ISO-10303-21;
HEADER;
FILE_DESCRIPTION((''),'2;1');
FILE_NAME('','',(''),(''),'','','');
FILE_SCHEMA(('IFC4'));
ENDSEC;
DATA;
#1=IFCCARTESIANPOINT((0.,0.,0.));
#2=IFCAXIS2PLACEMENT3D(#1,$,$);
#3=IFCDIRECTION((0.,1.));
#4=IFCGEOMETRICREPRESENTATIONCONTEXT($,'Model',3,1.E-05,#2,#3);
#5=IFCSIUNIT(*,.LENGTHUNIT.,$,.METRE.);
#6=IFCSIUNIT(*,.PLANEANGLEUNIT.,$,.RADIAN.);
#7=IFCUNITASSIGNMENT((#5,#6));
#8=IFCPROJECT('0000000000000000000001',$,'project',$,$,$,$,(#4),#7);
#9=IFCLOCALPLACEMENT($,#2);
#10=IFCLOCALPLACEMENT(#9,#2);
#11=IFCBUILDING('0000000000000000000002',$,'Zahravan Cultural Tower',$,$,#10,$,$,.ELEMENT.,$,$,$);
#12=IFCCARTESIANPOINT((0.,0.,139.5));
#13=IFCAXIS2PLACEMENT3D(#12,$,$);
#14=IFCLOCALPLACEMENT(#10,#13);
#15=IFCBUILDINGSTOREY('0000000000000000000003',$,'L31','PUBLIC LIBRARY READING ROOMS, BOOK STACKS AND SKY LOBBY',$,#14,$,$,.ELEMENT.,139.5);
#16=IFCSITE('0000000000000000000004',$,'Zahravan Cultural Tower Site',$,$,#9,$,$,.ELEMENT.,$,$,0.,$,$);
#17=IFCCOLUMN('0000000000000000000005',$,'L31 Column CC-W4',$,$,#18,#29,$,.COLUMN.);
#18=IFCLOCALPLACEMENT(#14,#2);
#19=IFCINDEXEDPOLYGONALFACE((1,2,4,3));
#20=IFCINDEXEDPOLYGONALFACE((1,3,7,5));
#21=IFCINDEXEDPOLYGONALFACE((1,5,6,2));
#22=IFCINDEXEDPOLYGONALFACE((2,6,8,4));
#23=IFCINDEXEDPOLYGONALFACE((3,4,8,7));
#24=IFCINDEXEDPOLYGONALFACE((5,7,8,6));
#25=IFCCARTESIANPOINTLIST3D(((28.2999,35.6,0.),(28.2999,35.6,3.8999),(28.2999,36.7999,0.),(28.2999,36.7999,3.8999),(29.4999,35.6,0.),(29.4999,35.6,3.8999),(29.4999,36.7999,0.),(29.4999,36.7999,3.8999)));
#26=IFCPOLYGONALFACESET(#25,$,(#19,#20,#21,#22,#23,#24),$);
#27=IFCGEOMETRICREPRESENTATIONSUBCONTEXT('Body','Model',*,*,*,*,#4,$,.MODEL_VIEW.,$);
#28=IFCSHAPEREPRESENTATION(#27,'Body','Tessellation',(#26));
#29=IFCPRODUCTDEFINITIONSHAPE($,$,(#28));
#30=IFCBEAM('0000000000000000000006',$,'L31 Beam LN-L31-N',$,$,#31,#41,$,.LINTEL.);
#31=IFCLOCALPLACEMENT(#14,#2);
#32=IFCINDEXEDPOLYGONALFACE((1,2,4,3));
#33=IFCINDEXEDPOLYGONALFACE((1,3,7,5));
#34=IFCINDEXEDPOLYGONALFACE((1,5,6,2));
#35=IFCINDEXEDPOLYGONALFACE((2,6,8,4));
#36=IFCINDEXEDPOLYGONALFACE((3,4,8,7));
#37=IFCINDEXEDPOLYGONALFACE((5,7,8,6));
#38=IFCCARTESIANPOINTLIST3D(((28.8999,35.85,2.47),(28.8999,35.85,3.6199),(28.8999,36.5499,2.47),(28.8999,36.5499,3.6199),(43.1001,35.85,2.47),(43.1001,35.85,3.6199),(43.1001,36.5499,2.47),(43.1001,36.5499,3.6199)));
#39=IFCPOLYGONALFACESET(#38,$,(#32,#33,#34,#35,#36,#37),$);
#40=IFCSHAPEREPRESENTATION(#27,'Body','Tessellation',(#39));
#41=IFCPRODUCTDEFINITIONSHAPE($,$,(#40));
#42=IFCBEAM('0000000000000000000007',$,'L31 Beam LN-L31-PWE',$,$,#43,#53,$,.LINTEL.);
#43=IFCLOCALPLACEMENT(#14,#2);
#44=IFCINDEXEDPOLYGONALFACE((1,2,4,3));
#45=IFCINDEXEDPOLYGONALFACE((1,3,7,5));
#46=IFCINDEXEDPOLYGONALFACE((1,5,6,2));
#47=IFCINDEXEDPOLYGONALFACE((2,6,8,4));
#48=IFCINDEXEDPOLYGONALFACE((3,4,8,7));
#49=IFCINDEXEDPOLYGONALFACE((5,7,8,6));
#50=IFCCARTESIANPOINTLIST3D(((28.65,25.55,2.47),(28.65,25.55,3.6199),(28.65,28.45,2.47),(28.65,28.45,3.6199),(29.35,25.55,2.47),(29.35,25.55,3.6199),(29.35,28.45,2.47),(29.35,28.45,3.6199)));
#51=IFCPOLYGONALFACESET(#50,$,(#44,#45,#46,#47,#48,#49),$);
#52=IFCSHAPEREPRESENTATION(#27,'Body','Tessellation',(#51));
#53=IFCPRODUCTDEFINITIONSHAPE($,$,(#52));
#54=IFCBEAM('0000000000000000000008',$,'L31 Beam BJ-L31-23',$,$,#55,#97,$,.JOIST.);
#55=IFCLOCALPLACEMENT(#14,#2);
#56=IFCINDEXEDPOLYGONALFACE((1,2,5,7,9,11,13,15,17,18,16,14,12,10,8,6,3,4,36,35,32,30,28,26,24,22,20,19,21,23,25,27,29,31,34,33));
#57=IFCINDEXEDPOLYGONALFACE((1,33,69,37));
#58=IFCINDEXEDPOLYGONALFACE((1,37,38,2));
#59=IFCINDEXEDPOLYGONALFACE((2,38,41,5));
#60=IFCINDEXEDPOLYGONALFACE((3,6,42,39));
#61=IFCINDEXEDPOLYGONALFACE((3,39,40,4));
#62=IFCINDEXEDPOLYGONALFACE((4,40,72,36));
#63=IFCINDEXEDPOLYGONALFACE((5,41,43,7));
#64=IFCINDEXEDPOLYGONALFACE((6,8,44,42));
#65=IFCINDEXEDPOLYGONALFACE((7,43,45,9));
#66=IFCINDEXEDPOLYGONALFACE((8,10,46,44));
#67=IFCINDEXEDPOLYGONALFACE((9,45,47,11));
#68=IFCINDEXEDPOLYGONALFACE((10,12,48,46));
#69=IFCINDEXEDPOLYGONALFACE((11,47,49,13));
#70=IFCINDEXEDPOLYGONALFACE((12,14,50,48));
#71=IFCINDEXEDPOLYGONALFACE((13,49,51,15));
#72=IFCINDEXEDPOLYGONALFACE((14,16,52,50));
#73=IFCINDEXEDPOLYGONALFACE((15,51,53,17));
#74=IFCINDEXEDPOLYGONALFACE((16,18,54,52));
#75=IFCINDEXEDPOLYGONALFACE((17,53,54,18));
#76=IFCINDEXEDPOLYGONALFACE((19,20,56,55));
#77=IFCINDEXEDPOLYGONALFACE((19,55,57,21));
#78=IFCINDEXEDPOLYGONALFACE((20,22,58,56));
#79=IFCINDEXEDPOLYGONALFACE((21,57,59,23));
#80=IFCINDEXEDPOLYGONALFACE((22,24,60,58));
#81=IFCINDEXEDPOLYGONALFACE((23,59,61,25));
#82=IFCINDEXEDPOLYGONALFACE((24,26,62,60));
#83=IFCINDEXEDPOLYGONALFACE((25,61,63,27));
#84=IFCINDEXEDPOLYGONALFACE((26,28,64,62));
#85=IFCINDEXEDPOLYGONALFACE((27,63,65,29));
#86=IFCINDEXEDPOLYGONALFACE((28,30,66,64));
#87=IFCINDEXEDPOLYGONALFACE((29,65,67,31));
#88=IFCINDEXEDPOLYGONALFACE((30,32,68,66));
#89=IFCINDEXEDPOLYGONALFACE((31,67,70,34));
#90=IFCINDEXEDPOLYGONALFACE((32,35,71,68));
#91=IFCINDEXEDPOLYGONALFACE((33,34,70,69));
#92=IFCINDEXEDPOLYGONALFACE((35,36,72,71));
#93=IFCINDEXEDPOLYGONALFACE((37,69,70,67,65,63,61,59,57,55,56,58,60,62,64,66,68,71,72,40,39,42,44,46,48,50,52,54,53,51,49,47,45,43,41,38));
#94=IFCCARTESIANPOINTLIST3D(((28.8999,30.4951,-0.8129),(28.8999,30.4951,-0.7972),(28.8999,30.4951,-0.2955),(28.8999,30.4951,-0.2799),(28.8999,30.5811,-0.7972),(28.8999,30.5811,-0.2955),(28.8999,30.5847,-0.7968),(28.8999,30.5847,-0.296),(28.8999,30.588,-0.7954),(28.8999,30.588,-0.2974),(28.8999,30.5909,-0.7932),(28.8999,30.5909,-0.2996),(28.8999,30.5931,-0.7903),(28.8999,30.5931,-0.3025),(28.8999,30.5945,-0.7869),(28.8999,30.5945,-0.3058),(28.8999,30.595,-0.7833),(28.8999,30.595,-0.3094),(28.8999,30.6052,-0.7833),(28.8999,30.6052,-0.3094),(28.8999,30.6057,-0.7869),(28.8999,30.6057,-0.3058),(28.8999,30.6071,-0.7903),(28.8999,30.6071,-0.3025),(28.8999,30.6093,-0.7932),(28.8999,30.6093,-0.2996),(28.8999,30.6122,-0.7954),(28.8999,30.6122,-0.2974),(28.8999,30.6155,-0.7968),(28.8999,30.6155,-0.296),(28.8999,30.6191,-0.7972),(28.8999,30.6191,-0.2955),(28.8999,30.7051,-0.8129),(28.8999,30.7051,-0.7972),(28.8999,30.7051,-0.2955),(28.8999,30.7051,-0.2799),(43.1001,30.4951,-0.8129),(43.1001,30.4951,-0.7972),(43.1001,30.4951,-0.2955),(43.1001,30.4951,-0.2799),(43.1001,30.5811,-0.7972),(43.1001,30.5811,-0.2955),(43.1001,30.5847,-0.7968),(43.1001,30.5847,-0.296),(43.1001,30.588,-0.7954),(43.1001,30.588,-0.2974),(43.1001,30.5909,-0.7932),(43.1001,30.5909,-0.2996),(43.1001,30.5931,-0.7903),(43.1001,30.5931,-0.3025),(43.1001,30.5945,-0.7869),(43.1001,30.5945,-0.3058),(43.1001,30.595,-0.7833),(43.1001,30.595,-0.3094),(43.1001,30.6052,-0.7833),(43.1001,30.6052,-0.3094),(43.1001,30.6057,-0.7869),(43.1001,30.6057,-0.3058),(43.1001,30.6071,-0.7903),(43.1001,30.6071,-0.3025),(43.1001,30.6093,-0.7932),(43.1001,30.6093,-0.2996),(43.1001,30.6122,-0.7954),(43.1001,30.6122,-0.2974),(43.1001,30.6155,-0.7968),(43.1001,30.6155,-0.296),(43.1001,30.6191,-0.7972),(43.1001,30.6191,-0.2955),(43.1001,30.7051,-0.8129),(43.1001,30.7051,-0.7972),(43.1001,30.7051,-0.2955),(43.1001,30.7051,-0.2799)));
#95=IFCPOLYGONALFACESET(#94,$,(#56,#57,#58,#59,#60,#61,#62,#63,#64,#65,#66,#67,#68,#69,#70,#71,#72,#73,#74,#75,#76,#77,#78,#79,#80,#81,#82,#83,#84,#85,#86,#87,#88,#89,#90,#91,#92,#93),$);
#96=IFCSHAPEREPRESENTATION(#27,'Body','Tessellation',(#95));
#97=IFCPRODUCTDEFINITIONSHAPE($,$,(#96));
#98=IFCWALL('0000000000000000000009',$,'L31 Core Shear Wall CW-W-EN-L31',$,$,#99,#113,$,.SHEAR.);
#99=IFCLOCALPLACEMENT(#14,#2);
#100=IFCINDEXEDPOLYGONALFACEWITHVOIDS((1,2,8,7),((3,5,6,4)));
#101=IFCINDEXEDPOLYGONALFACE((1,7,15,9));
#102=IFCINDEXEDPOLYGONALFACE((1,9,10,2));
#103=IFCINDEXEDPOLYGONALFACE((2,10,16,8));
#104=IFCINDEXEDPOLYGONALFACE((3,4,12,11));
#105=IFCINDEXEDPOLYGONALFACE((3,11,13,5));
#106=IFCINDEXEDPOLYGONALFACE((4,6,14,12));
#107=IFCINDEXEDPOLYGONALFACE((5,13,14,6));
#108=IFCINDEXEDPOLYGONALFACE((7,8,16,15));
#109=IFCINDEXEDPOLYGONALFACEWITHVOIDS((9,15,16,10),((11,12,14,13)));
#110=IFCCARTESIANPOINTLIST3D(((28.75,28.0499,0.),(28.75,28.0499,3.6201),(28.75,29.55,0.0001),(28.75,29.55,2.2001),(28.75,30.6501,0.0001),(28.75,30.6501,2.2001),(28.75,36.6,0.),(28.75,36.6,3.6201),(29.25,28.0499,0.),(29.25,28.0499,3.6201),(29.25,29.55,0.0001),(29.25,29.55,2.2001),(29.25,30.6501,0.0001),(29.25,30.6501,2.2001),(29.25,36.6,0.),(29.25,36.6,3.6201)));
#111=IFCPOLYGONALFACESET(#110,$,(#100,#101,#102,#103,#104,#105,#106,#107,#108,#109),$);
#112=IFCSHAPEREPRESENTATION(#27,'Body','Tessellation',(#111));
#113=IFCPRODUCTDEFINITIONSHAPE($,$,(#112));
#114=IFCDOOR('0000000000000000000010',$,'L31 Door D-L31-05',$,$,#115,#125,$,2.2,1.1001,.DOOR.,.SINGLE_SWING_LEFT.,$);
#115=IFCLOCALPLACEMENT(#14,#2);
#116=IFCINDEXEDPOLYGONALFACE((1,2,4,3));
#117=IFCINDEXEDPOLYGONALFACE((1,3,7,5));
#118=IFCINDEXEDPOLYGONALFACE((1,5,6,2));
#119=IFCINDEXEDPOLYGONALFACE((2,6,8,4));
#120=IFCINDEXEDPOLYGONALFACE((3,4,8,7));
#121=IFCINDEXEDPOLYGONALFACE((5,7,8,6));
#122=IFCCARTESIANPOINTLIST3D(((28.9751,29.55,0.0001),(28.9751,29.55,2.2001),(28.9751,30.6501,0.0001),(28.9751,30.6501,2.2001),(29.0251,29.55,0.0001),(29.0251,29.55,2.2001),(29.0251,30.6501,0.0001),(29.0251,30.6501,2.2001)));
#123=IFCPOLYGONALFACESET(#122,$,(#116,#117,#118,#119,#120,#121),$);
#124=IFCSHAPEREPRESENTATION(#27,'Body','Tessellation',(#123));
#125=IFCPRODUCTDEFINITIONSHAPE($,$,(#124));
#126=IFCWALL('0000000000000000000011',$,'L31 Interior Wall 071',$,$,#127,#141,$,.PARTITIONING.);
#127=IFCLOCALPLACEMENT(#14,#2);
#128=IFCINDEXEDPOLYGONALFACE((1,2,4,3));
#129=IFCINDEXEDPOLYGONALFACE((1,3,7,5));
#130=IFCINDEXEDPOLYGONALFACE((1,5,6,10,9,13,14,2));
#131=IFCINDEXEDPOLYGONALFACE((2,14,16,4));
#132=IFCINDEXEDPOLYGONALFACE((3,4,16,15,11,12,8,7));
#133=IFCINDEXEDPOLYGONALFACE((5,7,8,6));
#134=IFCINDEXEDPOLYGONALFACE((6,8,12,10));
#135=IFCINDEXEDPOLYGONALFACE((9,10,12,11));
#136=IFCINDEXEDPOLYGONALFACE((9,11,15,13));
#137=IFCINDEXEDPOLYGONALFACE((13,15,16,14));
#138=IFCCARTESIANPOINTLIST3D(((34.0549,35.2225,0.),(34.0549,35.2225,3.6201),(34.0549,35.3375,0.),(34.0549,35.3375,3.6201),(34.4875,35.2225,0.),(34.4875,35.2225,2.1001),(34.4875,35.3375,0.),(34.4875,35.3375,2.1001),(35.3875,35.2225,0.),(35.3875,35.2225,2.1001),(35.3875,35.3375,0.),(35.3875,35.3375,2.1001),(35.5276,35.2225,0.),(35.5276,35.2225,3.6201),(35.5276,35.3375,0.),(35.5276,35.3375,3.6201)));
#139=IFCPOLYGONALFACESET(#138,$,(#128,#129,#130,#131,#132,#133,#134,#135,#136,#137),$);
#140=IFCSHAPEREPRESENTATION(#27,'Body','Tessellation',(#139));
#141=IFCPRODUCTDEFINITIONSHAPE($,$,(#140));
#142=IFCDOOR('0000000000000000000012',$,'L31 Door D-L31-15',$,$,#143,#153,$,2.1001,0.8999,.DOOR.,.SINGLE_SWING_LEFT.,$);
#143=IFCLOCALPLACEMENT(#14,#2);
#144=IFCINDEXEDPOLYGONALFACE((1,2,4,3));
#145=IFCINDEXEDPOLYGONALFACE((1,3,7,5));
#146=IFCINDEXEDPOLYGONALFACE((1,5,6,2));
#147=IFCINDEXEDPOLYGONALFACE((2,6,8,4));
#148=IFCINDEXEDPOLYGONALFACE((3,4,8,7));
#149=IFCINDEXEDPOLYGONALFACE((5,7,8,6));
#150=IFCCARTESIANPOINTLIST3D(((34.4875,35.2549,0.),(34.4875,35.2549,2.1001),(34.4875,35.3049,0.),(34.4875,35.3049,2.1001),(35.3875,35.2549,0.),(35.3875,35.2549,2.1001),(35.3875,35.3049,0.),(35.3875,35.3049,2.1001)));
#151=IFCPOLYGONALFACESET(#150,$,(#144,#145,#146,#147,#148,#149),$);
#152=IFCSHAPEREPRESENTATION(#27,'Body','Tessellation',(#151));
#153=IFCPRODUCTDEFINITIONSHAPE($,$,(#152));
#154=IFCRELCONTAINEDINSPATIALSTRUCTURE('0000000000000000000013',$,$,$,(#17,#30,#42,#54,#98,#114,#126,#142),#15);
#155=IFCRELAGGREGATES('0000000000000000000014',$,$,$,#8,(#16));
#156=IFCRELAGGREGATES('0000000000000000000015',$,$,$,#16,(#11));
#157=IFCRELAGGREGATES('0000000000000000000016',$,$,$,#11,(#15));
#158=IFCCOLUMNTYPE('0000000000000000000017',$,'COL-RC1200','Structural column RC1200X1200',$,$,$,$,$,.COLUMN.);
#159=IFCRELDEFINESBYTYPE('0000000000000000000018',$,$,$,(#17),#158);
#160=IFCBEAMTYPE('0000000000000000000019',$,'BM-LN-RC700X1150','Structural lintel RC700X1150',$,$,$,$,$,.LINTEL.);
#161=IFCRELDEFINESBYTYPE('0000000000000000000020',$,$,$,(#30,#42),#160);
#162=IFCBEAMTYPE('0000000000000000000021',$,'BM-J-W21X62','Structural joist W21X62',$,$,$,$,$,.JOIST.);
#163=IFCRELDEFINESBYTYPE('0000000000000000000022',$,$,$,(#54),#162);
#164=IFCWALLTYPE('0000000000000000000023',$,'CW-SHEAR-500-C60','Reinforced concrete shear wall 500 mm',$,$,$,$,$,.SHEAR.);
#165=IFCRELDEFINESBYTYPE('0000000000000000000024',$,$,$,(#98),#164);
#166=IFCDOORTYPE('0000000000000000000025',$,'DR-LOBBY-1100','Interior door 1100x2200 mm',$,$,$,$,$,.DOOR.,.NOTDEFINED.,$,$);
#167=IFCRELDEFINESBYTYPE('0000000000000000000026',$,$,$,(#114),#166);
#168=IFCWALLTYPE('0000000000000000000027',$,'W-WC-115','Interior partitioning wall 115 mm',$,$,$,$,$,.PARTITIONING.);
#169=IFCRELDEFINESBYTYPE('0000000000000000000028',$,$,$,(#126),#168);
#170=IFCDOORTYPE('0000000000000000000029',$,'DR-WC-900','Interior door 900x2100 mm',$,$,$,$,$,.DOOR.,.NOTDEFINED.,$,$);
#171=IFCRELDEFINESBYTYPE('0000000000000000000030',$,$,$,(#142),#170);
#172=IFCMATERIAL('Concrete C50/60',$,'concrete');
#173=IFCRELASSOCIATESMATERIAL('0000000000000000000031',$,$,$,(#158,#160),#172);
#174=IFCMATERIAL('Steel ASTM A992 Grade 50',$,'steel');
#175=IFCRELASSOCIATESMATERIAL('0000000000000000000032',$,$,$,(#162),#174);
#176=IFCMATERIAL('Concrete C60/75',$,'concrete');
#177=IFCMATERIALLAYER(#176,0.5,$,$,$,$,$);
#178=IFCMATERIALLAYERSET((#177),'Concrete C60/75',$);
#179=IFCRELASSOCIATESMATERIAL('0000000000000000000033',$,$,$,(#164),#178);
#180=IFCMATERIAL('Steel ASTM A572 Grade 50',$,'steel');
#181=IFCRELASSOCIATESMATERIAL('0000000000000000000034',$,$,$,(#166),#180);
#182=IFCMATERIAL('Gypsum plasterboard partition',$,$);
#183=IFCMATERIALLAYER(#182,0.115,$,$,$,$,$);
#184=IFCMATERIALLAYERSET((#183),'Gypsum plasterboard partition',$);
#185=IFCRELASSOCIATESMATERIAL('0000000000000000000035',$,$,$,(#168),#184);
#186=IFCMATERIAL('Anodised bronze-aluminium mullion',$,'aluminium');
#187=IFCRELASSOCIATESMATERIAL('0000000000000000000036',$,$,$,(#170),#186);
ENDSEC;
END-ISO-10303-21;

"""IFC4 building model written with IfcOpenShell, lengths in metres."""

from ifc_helpers import new_model, si_unit, direction, frame, frame_2d, origin, origin_2d, place, context, subcontext, project, spatial, rectangle, i_section, extrude, source, transform, mapped, material, layer, layer_set, material_profile, profile_set, type_object, element, fill, save


model = new_model("IFC4")

# Units and contexts
model_context = context("Model", 3, precision=1e-05, world=origin(), true_north=direction((0.0, 1.0)))
body_context = subcontext(model_context, "Body", "Model", "MODEL_VIEW")
ifc_project = project(units=[si_unit("LENGTHUNIT", "METRE"), si_unit("PLANEANGLEUNIT", "RADIAN")], contexts=[model_context])

# Site, building, storey
site_placement = place(None, origin())
site = spatial("IfcSite", under=ifc_project, at=site_placement, Name="Zahravan Cultural Tower Site", CompositionType="ELEMENT", RefElevation=0.0)
building_placement = place(site_placement, origin())
building = spatial("IfcBuilding", under=site, at=building_placement, Name="Zahravan Cultural Tower", CompositionType="ELEMENT")
storey_placement = place(building_placement, frame((0.0, 0.0, 139.5)))
storey = spatial("IfcBuildingStorey", under=building, at=storey_placement, Name="L31", Description="PUBLIC LIBRARY READING ROOMS, BOOK STACKS AND SKY LOBBY", CompositionType="ELEMENT", Elevation=139.5)

# Column
ifc_material_1 = material(Name="Concrete C50/60", Category="concrete")
ifc_material_profile_1 = material_profile(ifc_material_1, rectangle(XDim=1.2, YDim=1.2, at=origin_2d()), Name="RC1200X1200")
ifc_profile_set_1 = profile_set([ifc_material_profile_1], Name="Concrete C50/60")
column_type = type_object("IfcColumnType", Name="COL-RC1200", Description="Structural column RC1200X1200", PredefinedType="COLUMN", material=ifc_profile_set_1)
shared_shape_1 = source(origin(), body_context, "Body", "SweptSolid", [
    extrude(rectangle(XDim=1.2, YDim=1.2, at=origin_2d()), origin(), (0.0, 0.0, 1.0), 3.8999),
])
column_placement = place(storey_placement, frame((28.8999, 36.2, 0.0), z_axis=(0.0, 0.0, 1.0), x_axis=(1.0, 0.0, 0.0)))
element("IfcColumn", 1, at=column_placement, inside=storey, type_object=column_type, Name="L31 Column CC-W4", PredefinedType="COLUMN", context=body_context, shape_type="MappedRepresentation", body=[
    mapped(shared_shape_1, transform((0.0, 0.0, 0.0), x_axis=(1.0, 0.0, 0.0), y_axis=(0.0, 1.0, 0.0), z_axis=(0.0, 0.0, 1.0), scale=1.0)),
])

# Beams
ifc_material_profile_2 = material_profile(ifc_material_1, rectangle(XDim=0.7, YDim=1.1499, at=origin_2d()), Name="RC700X1150")
ifc_profile_set_2 = profile_set([ifc_material_profile_2], Name="Concrete C50/60")
beam_type_1 = type_object("IfcBeamType", Name="BM-LN-RC700X1150", Description="Structural lintel RC700X1150", PredefinedType="LINTEL", material=ifc_profile_set_2)
shared_shape_2 = source(origin(), body_context, "Body", "SweptSolid", [
    extrude(rectangle(XDim=0.7, YDim=1.1499, at=origin_2d()), origin(), (0.0, 0.0, 1.0), 14.2002),
])
beam_1_placement = place(storey_placement, frame((28.8999, 36.2, 3.0449), z_axis=(1.0, 0.0, 0.0), x_axis=(0.0, 1.0, 0.0)))
element("IfcBeam", 2, at=beam_1_placement, inside=storey, type_object=beam_type_1, Name="L31 Beam LN-L31-N", PredefinedType="LINTEL", context=body_context, shape_type="MappedRepresentation", body=[
    mapped(shared_shape_2, transform((0.0, 0.0, 0.0), x_axis=(1.0, 0.0, 0.0), y_axis=(0.0, 1.0, 0.0), z_axis=(0.0, 0.0, 1.0), scale=1.0)),
])
shared_shape_3 = source(origin(), body_context, "Body", "SweptSolid", [
    extrude(rectangle(XDim=0.7, YDim=1.1499, at=origin_2d()), origin(), (0.0, 0.0, 1.0), 2.8999),
])
beam_2_placement = place(storey_placement, frame((29.0, 25.55, 3.0449), z_axis=(0.0, 1.0, 0.0), x_axis=(-1.0, 0.0, 0.0)))
element("IfcBeam", 3, at=beam_2_placement, inside=storey, type_object=beam_type_1, Name="L31 Beam LN-L31-PWE", PredefinedType="LINTEL", context=body_context, shape_type="MappedRepresentation", body=[
    mapped(shared_shape_3, transform((0.0, 0.0, 0.0), x_axis=(1.0, 0.0, 0.0), y_axis=(0.0, 1.0, 0.0), z_axis=(0.0, 0.0, 1.0), scale=1.0)),
])
ifc_material_2 = material(Name="Steel ASTM A992 Grade 50", Category="steel")
ifc_material_profile_3 = material_profile(ifc_material_2, i_section(OverallWidth=0.21, OverallDepth=0.533, WebThickness=0.0103, FlangeThickness=0.0156, FilletRadius=0.0139, at=origin_2d()), Name="W21X62")
ifc_profile_set_3 = profile_set([ifc_material_profile_3], Name="Steel ASTM A992 Grade 50")
beam_type_2 = type_object("IfcBeamType", Name="BM-J-W21X62", Description="Structural joist W21X62", PredefinedType="JOIST", material=ifc_profile_set_3)
shared_shape_4 = source(origin(), body_context, "Body", "SweptSolid", [
    extrude(i_section(OverallWidth=0.21, OverallDepth=0.533, WebThickness=0.0103, FlangeThickness=0.0156, FilletRadius=0.0139, at=origin_2d()), origin(), (0.0, 0.0, 1.0), 14.2002),
])
beam_3_placement = place(storey_placement, frame((28.8999, 30.6001, -0.5464), z_axis=(1.0, 0.0, 0.0), x_axis=(0.0, 1.0, 0.0)))
element("IfcBeam", 4, at=beam_3_placement, inside=storey, type_object=beam_type_2, Name="L31 Beam BJ-L31-23", PredefinedType="JOIST", context=body_context, shape_type="MappedRepresentation", body=[
    mapped(shared_shape_4, transform((0.0, 0.0, 0.0), x_axis=(1.0, 0.0, 0.0), y_axis=(0.0, 1.0, 0.0), z_axis=(0.0, 0.0, 1.0), scale=1.0)),
])

# Walls, openings, doors
ifc_material_3 = material(Name="Concrete C60/75", Category="concrete")
ifc_layer_1 = layer(ifc_material_3, 0.5)
ifc_layer_set_1 = layer_set([ifc_layer_1], Name="Concrete C60/75")
wall_type_1 = type_object("IfcWallType", Name="CW-SHEAR-500-C60", Description="Reinforced concrete shear wall 500 mm", PredefinedType="SHEAR", material=ifc_layer_set_1)
wall_1_placement = place(storey_placement, frame((29.0, 28.05, 0.0), z_axis=(0.0, 0.0, 1.0), x_axis=(0.0, 1.0, 0.0)))
wall_1 = element("IfcWall", 5, at=wall_1_placement, inside=storey, type_object=wall_type_1, Name="L31 Core Shear Wall CW-W-EN-L31", PredefinedType="SHEAR", context=body_context, shape_type="SweptSolid", body=[
    extrude(rectangle(XDim=8.55, YDim=0.5, at=frame_2d((4.2749, 0.0))), origin(), (0.0, 0.0, 1.0), 3.6201),
])
opening_1_placement = place(wall_1_placement, frame((1.5, 0.0, 0.0)))
opening_1 = element("IfcOpeningElement", 6, at=opening_1_placement, cuts=wall_1, PredefinedType="OPENING", context=body_context, shape_type="SweptSolid", body=[
    extrude(rectangle(XDim=1.1001, YDim=2.2, at=frame_2d((0.55, 1.1001))), frame((0.0, 0.26, 0.0), z_axis=(0.0, -1.0, 0.0), x_axis=(1.0, 0.0, 0.0)), (0.0, 0.0, 1.0), 0.52),
])
ifc_material_4 = material(Name="Steel ASTM A572 Grade 50", Category="steel")
door_type_1 = type_object("IfcDoorType", Name="DR-LOBBY-1100", Description="Interior door 1100x2200 mm", OperationType="NOTDEFINED", PredefinedType="DOOR", material=ifc_material_4)
shared_shape_5 = source(origin(), body_context, "Body", "SweptSolid", [
    extrude(rectangle(XDim=1.1001, YDim=2.2, at=frame_2d((0.55, 1.1001))), frame((0.0, 0.0249, 0.0), z_axis=(0.0, -1.0, 0.0), x_axis=(1.0, 0.0, 0.0)), (0.0, 0.0, 1.0), 0.05),
])
door_1_placement = place(opening_1_placement, origin())
door_1 = element("IfcDoor", 7, at=door_1_placement, inside=storey, type_object=door_type_1, Name="L31 Door D-L31-05", OperationType="SINGLE_SWING_LEFT", OverallHeight=2.2, OverallWidth=1.1001, PredefinedType="DOOR", context=body_context, shape_type="MappedRepresentation", body=[
    mapped(shared_shape_5, transform((0.0, 0.0, 0.0), x_axis=(1.0, 0.0, 0.0), y_axis=(0.0, 1.0, 0.0), z_axis=(0.0, 0.0, 1.0), scale=1.0)),
])
fill(opening_1, door_1)
ifc_material_5 = material(Name="Gypsum plasterboard partition")
ifc_material_6 = material(Name="Anodised bronze-aluminium mullion", Category="aluminium")
ifc_layer_2 = layer(ifc_material_5, 0.115)
ifc_layer_set_2 = layer_set([ifc_layer_2], Name="Gypsum plasterboard partition")
wall_type_2 = type_object("IfcWallType", Name="W-WC-115", Description="Interior partitioning wall 115 mm", PredefinedType="PARTITIONING", material=ifc_layer_set_2)
wall_2_placement = place(storey_placement, frame((34.0549, 35.28, 0.0), z_axis=(0.0, 0.0, 1.0), x_axis=(1.0, 0.0, 0.0)))
wall_2 = element("IfcWall", 8, at=wall_2_placement, inside=storey, type_object=wall_type_2, Name="L31 Interior Wall 071", PredefinedType="PARTITIONING", context=body_context, shape_type="SweptSolid", body=[
    extrude(rectangle(XDim=1.4727, YDim=0.115, at=frame_2d((0.7363, 0.0))), origin(), (0.0, 0.0, 1.0), 3.6201),
])
opening_2_placement = place(wall_2_placement, frame((0.4326, 0.0, 0.0)))
opening_2 = element("IfcOpeningElement", 9, at=opening_2_placement, cuts=wall_2, PredefinedType="OPENING", context=body_context, shape_type="SweptSolid", body=[
    extrude(rectangle(XDim=0.8999, YDim=2.1001, at=frame_2d((0.45, 1.05))), frame((0.0, 0.0674, 0.0), z_axis=(0.0, -1.0, 0.0), x_axis=(1.0, 0.0, 0.0)), (0.0, 0.0, 1.0), 0.135),
])
door_type_2 = type_object("IfcDoorType", Name="DR-WC-900", Description="Interior door 900x2100 mm", OperationType="NOTDEFINED", PredefinedType="DOOR", material=ifc_material_6)
shared_shape_6 = source(origin(), body_context, "Body", "SweptSolid", [
    extrude(rectangle(XDim=0.8999, YDim=2.1001, at=frame_2d((0.45, 1.05))), frame((0.0, 0.0249, 0.0), z_axis=(0.0, -1.0, 0.0), x_axis=(1.0, 0.0, 0.0)), (0.0, 0.0, 1.0), 0.05),
])
door_2_placement = place(opening_2_placement, origin())
door_2 = element("IfcDoor", 10, at=door_2_placement, inside=storey, type_object=door_type_2, Name="L31 Door D-L31-15", OperationType="SINGLE_SWING_LEFT", OverallHeight=2.1001, OverallWidth=0.8999, PredefinedType="DOOR", context=body_context, shape_type="MappedRepresentation", body=[
    mapped(shared_shape_6, transform((0.0, 0.0, 0.0), x_axis=(1.0, 0.0, 0.0), y_axis=(0.0, 1.0, 0.0), z_axis=(0.0, 0.0, 1.0), scale=1.0)),
])
fill(opening_2, door_2)

save(model, "model.ifc")
